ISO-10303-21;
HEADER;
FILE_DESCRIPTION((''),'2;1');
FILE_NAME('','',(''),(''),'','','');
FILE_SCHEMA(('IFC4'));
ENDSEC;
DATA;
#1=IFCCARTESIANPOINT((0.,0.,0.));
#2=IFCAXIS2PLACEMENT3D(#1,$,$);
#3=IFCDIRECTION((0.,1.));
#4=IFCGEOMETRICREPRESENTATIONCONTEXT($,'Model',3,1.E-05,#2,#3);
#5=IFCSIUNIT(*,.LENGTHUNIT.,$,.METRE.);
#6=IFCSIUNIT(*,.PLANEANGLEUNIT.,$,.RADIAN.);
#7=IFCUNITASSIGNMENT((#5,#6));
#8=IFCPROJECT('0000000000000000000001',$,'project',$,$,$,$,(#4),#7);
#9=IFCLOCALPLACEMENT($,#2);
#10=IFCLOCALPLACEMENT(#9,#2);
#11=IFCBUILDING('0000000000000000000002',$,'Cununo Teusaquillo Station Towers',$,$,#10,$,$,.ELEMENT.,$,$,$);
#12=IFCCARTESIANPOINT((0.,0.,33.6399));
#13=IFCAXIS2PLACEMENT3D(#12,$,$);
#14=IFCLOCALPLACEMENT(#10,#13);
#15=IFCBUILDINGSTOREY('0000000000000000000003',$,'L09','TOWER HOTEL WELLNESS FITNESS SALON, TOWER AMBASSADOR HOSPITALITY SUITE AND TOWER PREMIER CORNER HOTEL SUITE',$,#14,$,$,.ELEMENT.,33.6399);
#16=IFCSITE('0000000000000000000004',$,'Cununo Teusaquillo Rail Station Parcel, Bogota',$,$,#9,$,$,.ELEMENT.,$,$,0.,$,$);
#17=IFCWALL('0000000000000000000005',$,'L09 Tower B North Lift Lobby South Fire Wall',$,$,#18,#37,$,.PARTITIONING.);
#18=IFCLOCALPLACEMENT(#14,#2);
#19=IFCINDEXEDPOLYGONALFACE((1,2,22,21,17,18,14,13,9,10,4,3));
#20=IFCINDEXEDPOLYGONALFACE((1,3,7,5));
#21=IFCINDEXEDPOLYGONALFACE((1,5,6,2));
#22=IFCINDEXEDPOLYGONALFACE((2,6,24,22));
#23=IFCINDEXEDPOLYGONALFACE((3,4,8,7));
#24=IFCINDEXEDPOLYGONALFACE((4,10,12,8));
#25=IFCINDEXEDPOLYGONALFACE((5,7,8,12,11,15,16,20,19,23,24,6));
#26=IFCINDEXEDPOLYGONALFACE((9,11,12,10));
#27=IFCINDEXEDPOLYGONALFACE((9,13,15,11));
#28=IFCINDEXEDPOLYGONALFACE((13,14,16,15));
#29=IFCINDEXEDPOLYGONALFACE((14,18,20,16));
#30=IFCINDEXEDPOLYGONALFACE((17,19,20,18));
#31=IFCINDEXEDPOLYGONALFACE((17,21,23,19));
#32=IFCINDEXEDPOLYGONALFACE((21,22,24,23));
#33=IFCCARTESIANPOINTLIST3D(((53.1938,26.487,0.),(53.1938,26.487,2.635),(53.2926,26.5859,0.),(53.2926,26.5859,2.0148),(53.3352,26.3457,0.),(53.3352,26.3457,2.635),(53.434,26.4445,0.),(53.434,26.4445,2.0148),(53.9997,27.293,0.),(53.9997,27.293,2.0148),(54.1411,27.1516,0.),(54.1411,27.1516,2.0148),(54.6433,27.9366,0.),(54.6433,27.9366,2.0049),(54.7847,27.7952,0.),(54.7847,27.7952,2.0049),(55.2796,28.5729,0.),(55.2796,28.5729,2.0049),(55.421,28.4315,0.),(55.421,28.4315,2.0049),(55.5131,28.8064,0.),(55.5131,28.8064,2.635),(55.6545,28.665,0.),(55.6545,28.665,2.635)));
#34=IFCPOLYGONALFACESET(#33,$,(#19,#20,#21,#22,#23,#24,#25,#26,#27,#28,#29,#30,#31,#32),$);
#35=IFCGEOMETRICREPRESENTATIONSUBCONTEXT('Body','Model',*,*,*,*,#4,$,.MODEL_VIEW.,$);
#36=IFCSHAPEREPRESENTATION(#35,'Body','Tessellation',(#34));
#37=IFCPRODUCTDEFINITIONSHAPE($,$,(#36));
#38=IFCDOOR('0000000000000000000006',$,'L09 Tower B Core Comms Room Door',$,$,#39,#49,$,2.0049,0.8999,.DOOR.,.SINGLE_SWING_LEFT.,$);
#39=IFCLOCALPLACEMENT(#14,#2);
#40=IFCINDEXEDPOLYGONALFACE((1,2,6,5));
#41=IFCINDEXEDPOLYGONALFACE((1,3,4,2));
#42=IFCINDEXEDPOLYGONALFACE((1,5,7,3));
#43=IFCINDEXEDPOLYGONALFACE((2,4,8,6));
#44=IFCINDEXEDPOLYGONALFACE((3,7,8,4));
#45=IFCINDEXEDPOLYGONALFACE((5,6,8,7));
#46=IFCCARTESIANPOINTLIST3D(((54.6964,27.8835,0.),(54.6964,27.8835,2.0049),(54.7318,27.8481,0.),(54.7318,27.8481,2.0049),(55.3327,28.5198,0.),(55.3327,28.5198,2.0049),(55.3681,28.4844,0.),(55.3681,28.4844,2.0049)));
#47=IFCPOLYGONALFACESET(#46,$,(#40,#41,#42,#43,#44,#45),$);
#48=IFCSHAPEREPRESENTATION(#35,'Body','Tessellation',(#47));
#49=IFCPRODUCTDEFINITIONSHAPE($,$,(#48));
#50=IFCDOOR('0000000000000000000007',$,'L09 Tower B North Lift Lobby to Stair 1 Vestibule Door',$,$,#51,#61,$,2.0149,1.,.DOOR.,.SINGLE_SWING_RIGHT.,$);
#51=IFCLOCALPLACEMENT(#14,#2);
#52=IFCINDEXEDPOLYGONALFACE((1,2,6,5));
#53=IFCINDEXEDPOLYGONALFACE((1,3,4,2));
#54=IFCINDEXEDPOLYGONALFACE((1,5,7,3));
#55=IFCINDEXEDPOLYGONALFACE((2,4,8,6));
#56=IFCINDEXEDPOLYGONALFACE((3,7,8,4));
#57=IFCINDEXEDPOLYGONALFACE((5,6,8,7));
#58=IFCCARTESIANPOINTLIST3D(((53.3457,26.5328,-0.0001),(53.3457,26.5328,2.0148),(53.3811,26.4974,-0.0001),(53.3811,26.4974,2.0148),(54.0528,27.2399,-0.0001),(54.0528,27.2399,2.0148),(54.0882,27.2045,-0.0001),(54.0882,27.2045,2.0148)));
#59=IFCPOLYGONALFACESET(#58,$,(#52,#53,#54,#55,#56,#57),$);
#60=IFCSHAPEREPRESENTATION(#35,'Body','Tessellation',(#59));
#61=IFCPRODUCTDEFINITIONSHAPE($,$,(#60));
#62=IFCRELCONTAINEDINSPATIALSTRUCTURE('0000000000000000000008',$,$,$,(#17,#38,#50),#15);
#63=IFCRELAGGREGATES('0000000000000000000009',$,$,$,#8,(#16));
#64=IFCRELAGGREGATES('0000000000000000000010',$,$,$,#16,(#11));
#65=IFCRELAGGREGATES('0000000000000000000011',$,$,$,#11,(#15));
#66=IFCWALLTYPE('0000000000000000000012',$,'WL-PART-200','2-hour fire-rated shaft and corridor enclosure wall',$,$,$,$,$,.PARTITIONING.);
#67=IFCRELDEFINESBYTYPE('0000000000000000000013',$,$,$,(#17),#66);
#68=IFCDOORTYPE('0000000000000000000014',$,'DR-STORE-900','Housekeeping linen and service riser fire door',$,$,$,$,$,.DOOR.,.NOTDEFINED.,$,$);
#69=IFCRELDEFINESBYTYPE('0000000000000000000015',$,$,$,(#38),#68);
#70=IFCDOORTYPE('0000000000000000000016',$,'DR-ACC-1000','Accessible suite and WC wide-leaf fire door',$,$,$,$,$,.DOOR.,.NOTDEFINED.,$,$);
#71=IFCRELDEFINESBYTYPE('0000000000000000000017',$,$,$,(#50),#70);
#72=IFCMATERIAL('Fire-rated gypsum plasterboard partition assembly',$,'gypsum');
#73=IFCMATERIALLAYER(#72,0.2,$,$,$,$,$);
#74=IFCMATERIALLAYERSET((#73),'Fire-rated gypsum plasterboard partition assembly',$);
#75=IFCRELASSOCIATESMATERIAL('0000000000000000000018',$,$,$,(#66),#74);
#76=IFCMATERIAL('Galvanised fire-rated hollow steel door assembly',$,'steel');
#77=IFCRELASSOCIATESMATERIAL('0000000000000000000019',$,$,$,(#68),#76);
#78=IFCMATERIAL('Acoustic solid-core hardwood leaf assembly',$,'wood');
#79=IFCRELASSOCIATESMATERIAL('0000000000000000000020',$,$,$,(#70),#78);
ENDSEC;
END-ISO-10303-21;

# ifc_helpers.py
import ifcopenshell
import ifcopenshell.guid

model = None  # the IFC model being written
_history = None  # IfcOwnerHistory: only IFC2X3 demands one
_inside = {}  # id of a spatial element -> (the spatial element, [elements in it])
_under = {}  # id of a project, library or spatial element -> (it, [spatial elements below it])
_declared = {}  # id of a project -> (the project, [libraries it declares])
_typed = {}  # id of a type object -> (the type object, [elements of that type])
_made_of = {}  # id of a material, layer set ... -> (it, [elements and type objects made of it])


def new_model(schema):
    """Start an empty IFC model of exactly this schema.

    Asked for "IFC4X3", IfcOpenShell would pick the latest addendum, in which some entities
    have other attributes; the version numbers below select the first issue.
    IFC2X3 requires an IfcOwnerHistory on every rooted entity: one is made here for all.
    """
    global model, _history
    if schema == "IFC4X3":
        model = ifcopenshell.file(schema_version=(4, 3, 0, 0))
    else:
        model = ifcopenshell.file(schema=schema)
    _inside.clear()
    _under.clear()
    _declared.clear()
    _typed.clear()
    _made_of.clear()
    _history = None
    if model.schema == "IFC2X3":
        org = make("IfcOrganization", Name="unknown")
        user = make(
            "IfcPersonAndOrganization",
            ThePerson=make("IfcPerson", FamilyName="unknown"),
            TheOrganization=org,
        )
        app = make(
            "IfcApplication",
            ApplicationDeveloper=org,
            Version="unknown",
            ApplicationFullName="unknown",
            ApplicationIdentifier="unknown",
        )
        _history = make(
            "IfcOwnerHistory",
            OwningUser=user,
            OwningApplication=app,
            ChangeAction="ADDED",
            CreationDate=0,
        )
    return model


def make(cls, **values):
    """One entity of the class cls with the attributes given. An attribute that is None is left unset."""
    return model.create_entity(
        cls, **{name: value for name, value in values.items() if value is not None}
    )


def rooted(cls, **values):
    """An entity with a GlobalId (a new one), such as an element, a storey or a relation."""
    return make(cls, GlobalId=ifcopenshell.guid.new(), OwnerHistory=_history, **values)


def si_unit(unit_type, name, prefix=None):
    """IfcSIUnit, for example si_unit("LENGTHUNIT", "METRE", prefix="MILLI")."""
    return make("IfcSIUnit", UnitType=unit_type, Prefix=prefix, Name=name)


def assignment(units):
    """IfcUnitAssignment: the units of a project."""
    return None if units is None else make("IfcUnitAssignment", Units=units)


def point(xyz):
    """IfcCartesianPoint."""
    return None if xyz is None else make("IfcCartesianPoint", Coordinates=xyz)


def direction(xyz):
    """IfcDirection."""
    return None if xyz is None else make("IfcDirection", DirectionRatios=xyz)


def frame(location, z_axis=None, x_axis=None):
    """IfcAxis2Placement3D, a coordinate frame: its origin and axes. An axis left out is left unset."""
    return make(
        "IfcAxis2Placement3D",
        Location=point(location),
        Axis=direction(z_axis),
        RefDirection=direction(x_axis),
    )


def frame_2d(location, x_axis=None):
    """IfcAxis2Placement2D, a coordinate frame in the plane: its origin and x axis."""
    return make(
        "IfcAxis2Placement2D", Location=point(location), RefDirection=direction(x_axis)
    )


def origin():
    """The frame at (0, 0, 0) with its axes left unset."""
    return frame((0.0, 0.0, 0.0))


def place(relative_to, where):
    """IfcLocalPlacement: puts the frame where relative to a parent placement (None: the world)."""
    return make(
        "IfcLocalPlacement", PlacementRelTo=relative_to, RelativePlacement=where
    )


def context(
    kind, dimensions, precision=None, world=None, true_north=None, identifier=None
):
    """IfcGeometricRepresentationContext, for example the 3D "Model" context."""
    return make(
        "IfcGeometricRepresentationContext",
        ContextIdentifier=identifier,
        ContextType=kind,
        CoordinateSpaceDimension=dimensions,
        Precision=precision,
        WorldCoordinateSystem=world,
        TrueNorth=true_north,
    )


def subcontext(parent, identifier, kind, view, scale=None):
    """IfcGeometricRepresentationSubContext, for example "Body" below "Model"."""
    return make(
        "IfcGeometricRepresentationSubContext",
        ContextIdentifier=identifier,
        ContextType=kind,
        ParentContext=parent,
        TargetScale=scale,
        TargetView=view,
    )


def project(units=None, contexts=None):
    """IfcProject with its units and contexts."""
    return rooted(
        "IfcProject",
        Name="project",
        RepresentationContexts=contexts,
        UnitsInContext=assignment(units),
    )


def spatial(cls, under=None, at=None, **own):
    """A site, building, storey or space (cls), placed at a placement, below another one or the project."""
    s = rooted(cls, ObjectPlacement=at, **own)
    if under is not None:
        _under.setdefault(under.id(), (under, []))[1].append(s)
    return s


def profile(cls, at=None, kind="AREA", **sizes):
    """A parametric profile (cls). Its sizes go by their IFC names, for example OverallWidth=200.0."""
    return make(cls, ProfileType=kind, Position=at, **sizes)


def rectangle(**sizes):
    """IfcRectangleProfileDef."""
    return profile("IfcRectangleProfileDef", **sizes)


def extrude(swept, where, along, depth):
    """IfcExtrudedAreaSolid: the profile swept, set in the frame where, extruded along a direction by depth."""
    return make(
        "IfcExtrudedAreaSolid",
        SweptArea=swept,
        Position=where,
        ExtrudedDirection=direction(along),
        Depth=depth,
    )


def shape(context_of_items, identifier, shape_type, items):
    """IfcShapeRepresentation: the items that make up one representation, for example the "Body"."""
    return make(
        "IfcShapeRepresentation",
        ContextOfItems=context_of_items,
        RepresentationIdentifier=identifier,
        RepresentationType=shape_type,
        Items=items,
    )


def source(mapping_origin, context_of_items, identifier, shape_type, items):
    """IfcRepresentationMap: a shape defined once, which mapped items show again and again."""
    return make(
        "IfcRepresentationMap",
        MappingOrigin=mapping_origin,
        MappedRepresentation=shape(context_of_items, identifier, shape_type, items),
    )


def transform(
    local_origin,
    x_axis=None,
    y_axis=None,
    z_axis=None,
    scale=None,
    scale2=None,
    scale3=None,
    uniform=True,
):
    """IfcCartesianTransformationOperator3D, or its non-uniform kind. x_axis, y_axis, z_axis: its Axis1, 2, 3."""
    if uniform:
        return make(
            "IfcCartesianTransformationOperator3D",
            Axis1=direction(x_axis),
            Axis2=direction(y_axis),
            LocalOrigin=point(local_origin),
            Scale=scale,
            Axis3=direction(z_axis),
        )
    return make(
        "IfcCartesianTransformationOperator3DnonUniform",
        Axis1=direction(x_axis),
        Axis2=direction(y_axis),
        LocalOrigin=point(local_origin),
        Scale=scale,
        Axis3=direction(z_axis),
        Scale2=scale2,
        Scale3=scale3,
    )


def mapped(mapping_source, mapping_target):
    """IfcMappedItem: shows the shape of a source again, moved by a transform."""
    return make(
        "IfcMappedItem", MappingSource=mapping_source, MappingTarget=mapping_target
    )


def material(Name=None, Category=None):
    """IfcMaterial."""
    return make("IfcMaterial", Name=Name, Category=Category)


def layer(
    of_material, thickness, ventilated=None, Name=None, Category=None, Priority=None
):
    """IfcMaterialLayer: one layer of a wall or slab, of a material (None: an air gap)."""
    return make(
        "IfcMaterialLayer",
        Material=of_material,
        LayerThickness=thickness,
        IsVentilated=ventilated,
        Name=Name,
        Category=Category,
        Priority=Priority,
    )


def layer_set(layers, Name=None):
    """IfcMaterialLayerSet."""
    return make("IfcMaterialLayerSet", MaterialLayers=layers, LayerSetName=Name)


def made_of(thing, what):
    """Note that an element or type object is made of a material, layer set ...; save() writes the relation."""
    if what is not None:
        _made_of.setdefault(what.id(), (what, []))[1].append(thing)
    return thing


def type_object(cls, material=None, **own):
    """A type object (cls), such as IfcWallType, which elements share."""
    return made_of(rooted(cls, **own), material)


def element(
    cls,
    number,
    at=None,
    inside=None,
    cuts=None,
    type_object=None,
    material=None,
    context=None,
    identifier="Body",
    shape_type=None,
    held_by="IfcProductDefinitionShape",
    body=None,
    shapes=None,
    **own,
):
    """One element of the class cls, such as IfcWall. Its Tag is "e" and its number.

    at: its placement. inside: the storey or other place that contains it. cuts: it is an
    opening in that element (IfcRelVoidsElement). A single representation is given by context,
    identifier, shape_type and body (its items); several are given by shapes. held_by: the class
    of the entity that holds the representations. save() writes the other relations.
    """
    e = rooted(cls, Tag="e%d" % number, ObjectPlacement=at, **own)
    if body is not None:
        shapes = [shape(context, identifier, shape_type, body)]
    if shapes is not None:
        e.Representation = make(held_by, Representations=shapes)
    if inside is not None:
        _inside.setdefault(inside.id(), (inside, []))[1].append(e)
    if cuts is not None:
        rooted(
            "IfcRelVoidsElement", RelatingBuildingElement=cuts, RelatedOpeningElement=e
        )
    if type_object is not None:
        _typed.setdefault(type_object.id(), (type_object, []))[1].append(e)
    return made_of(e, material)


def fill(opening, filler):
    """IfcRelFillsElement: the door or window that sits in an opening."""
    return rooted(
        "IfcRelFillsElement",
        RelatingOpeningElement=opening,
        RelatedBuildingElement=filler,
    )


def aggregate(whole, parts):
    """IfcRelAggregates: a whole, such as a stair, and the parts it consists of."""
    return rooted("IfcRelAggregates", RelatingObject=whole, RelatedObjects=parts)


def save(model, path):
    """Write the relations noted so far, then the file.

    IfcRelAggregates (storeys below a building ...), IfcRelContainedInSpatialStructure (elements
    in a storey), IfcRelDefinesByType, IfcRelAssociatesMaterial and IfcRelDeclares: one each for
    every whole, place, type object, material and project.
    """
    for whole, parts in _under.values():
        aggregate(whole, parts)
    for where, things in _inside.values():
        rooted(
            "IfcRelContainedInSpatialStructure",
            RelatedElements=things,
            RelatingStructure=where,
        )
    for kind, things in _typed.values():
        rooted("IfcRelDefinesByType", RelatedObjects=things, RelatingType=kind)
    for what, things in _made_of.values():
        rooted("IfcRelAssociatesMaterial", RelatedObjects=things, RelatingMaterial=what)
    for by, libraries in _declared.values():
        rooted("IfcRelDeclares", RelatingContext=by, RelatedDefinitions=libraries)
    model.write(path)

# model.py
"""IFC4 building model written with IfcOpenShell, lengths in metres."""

from ifc_helpers import new_model, si_unit, direction, frame, frame_2d, origin, place, context, subcontext, project, spatial, rectangle, extrude, source, transform, mapped, material, layer, layer_set, type_object, element, fill, save


model = new_model("IFC4")

# Units and contexts
model_context = context("Model", 3, precision=1e-05, world=origin(), true_north=direction((0.0, 1.0)))
body_context = subcontext(model_context, "Body", "Model", "MODEL_VIEW")
ifc_project = project(units=[si_unit("LENGTHUNIT", "METRE"), si_unit("PLANEANGLEUNIT", "RADIAN")], contexts=[model_context])

# Site, building, storey
site_placement = place(None, origin())
site = spatial("IfcSite", under=ifc_project, at=site_placement, Name="Cununo Teusaquillo Rail Station Parcel, Bogota", CompositionType="ELEMENT", RefElevation=0.0)
building_placement = place(site_placement, origin())
building = spatial("IfcBuilding", under=site, at=building_placement, Name="Cununo Teusaquillo Station Towers", CompositionType="ELEMENT")
storey_placement = place(building_placement, frame((0.0, 0.0, 33.6399)))
storey = spatial("IfcBuildingStorey", under=building, at=storey_placement, Name="L09", Description="TOWER HOTEL WELLNESS FITNESS SALON, TOWER AMBASSADOR HOSPITALITY SUITE AND TOWER PREMIER CORNER HOTEL SUITE", CompositionType="ELEMENT", Elevation=33.6399)

# Shared definitions
shared_shape_1 = source(origin(), body_context, "Body", "SweptSolid", [
    extrude(rectangle(XDim=0.8999, YDim=2.0049, at=frame_2d((0.45, 1.0024))), frame((0.0, 0.0249, 0.0), z_axis=(0.0, -1.0, 0.0), x_axis=(1.0, 0.0, 0.0)), (0.0, 0.0, 1.0), 0.05),
])

# Wall, openings, doors
ifc_material_1 = material(Name="Fire-rated gypsum plasterboard partition assembly", Category="gypsum")
ifc_layer_1 = layer(ifc_material_1, 0.2)
ifc_layer_set_1 = layer_set([ifc_layer_1], Name="Fire-rated gypsum plasterboard partition assembly")
wall_type_1 = type_object("IfcWallType", Name="WL-PART-200", Description="2-hour fire-rated shaft and corridor enclosure wall", PredefinedType="PARTITIONING", material=ifc_layer_set_1)
wall_1_placement = place(storey_placement, frame((53.2644, 26.4163, 0.0), z_axis=(0.0, 0.0, 1.0), x_axis=(0.707107, 0.707107, 0.0)))
wall_1 = element("IfcWall", 1, at=wall_1_placement, inside=storey, type_object=wall_type_1, Name="L09 Tower B North Lift Lobby South Fire Wall", PredefinedType="PARTITIONING", context=body_context, shape_type="SweptSolid", body=[
    extrude(rectangle(XDim=3.28, YDim=0.2, at=frame_2d((1.6401, 0.0))), origin(), (0.0, 0.0, 1.0), 2.635),
])
shared_shape_2 = source(origin(), body_context, "Body", "SweptSolid", [
    extrude(rectangle(XDim=1.0, YDim=2.0149, at=frame_2d((0.5, 1.0073))), frame((0.0, 0.1099, 0.0), z_axis=(0.0, -1.0, 0.0), x_axis=(1.0, 0.0, 0.0)), (0.0, 0.0, 1.0), 0.22),
])
opening_1_placement = place(wall_1_placement, frame((0.1399, 0.0, 0.0)))
opening_1 = element("IfcOpeningElement", 2, at=opening_1_placement, cuts=wall_1, PredefinedType="OPENING", context=body_context, shape_type="MappedRepresentation", body=[
    mapped(shared_shape_2, transform((0.0, 0.0, 0.0), x_axis=(1.0, 0.0, 0.0), y_axis=(0.0, 1.0, 0.0), z_axis=(0.0, 0.0, 1.0), scale=1.0)),
])
shared_shape_3 = source(origin(), body_context, "Body", "SweptSolid", [
    extrude(rectangle(XDim=0.8999, YDim=2.0049, at=frame_2d((0.45, 1.0024))), frame((0.0, 0.1099, 0.0), z_axis=(0.0, -1.0, 0.0), x_axis=(1.0, 0.0, 0.0)), (0.0, 0.0, 1.0), 0.22),
])
opening_2_placement = place(wall_1_placement, frame((2.05, 0.0, 0.0)))
opening_2 = element("IfcOpeningElement", 3, at=opening_2_placement, cuts=wall_1, PredefinedType="OPENING", context=body_context, shape_type="MappedRepresentation", body=[
    mapped(shared_shape_3, transform((0.0, 0.0, 0.0), x_axis=(1.0, 0.0, 0.0), y_axis=(0.0, 1.0, 0.0), z_axis=(0.0, 0.0, 1.0), scale=1.0)),
])
ifc_material_2 = material(Name="Galvanised fire-rated hollow steel door assembly", Category="steel")
door_type_1 = type_object("IfcDoorType", Name="DR-STORE-900", Description="Housekeeping linen and service riser fire door", OperationType="NOTDEFINED", PredefinedType="DOOR", material=ifc_material_2)
door_1_placement = place(opening_2_placement, origin())
door_1 = element("IfcDoor", 4, at=door_1_placement, inside=storey, type_object=door_type_1, Name="L09 Tower B Core Comms Room Door", OperationType="SINGLE_SWING_LEFT", OverallHeight=2.0049, OverallWidth=0.8999, PredefinedType="DOOR", context=body_context, shape_type="MappedRepresentation", body=[
    mapped(shared_shape_1, transform((0.0, 0.0, 0.0), x_axis=(1.0, 0.0, 0.0), y_axis=(0.0, 1.0, 0.0), z_axis=(0.0, 0.0, 1.0), scale=1.0)),
])
fill(opening_2, door_1)
ifc_material_3 = material(Name="Acoustic solid-core hardwood leaf assembly", Category="wood")
door_type_2 = type_object("IfcDoorType", Name="DR-ACC-1000", Description="Accessible suite and WC wide-leaf fire door", OperationType="NOTDEFINED", PredefinedType="DOOR", material=ifc_material_3)
shared_shape_4 = source(origin(), body_context, "Body", "SweptSolid", [
    extrude(rectangle(XDim=1.0, YDim=2.0149, at=frame_2d((0.5, 1.0073))), frame((0.0, 0.0249, 0.0), z_axis=(0.0, -1.0, 0.0), x_axis=(1.0, 0.0, 0.0)), (0.0, 0.0, 1.0), 0.05),
])
door_2_placement = place(opening_1_placement, origin())
door_2 = element("IfcDoor", 5, at=door_2_placement, inside=storey, type_object=door_type_2, Name="L09 Tower B North Lift Lobby to Stair 1 Vestibule Door", OperationType="SINGLE_SWING_RIGHT", OverallHeight=2.0149, OverallWidth=1.0, PredefinedType="DOOR", context=body_context, shape_type="MappedRepresentation", body=[
    mapped(shared_shape_4, transform((0.0, 0.0, 0.0), x_axis=(1.0, 0.0, 0.0), y_axis=(0.0, 1.0, 0.0), z_axis=(0.0, 0.0, 1.0), scale=1.0)),
])
fill(opening_1, door_2)

save(model, "model.ifc")
